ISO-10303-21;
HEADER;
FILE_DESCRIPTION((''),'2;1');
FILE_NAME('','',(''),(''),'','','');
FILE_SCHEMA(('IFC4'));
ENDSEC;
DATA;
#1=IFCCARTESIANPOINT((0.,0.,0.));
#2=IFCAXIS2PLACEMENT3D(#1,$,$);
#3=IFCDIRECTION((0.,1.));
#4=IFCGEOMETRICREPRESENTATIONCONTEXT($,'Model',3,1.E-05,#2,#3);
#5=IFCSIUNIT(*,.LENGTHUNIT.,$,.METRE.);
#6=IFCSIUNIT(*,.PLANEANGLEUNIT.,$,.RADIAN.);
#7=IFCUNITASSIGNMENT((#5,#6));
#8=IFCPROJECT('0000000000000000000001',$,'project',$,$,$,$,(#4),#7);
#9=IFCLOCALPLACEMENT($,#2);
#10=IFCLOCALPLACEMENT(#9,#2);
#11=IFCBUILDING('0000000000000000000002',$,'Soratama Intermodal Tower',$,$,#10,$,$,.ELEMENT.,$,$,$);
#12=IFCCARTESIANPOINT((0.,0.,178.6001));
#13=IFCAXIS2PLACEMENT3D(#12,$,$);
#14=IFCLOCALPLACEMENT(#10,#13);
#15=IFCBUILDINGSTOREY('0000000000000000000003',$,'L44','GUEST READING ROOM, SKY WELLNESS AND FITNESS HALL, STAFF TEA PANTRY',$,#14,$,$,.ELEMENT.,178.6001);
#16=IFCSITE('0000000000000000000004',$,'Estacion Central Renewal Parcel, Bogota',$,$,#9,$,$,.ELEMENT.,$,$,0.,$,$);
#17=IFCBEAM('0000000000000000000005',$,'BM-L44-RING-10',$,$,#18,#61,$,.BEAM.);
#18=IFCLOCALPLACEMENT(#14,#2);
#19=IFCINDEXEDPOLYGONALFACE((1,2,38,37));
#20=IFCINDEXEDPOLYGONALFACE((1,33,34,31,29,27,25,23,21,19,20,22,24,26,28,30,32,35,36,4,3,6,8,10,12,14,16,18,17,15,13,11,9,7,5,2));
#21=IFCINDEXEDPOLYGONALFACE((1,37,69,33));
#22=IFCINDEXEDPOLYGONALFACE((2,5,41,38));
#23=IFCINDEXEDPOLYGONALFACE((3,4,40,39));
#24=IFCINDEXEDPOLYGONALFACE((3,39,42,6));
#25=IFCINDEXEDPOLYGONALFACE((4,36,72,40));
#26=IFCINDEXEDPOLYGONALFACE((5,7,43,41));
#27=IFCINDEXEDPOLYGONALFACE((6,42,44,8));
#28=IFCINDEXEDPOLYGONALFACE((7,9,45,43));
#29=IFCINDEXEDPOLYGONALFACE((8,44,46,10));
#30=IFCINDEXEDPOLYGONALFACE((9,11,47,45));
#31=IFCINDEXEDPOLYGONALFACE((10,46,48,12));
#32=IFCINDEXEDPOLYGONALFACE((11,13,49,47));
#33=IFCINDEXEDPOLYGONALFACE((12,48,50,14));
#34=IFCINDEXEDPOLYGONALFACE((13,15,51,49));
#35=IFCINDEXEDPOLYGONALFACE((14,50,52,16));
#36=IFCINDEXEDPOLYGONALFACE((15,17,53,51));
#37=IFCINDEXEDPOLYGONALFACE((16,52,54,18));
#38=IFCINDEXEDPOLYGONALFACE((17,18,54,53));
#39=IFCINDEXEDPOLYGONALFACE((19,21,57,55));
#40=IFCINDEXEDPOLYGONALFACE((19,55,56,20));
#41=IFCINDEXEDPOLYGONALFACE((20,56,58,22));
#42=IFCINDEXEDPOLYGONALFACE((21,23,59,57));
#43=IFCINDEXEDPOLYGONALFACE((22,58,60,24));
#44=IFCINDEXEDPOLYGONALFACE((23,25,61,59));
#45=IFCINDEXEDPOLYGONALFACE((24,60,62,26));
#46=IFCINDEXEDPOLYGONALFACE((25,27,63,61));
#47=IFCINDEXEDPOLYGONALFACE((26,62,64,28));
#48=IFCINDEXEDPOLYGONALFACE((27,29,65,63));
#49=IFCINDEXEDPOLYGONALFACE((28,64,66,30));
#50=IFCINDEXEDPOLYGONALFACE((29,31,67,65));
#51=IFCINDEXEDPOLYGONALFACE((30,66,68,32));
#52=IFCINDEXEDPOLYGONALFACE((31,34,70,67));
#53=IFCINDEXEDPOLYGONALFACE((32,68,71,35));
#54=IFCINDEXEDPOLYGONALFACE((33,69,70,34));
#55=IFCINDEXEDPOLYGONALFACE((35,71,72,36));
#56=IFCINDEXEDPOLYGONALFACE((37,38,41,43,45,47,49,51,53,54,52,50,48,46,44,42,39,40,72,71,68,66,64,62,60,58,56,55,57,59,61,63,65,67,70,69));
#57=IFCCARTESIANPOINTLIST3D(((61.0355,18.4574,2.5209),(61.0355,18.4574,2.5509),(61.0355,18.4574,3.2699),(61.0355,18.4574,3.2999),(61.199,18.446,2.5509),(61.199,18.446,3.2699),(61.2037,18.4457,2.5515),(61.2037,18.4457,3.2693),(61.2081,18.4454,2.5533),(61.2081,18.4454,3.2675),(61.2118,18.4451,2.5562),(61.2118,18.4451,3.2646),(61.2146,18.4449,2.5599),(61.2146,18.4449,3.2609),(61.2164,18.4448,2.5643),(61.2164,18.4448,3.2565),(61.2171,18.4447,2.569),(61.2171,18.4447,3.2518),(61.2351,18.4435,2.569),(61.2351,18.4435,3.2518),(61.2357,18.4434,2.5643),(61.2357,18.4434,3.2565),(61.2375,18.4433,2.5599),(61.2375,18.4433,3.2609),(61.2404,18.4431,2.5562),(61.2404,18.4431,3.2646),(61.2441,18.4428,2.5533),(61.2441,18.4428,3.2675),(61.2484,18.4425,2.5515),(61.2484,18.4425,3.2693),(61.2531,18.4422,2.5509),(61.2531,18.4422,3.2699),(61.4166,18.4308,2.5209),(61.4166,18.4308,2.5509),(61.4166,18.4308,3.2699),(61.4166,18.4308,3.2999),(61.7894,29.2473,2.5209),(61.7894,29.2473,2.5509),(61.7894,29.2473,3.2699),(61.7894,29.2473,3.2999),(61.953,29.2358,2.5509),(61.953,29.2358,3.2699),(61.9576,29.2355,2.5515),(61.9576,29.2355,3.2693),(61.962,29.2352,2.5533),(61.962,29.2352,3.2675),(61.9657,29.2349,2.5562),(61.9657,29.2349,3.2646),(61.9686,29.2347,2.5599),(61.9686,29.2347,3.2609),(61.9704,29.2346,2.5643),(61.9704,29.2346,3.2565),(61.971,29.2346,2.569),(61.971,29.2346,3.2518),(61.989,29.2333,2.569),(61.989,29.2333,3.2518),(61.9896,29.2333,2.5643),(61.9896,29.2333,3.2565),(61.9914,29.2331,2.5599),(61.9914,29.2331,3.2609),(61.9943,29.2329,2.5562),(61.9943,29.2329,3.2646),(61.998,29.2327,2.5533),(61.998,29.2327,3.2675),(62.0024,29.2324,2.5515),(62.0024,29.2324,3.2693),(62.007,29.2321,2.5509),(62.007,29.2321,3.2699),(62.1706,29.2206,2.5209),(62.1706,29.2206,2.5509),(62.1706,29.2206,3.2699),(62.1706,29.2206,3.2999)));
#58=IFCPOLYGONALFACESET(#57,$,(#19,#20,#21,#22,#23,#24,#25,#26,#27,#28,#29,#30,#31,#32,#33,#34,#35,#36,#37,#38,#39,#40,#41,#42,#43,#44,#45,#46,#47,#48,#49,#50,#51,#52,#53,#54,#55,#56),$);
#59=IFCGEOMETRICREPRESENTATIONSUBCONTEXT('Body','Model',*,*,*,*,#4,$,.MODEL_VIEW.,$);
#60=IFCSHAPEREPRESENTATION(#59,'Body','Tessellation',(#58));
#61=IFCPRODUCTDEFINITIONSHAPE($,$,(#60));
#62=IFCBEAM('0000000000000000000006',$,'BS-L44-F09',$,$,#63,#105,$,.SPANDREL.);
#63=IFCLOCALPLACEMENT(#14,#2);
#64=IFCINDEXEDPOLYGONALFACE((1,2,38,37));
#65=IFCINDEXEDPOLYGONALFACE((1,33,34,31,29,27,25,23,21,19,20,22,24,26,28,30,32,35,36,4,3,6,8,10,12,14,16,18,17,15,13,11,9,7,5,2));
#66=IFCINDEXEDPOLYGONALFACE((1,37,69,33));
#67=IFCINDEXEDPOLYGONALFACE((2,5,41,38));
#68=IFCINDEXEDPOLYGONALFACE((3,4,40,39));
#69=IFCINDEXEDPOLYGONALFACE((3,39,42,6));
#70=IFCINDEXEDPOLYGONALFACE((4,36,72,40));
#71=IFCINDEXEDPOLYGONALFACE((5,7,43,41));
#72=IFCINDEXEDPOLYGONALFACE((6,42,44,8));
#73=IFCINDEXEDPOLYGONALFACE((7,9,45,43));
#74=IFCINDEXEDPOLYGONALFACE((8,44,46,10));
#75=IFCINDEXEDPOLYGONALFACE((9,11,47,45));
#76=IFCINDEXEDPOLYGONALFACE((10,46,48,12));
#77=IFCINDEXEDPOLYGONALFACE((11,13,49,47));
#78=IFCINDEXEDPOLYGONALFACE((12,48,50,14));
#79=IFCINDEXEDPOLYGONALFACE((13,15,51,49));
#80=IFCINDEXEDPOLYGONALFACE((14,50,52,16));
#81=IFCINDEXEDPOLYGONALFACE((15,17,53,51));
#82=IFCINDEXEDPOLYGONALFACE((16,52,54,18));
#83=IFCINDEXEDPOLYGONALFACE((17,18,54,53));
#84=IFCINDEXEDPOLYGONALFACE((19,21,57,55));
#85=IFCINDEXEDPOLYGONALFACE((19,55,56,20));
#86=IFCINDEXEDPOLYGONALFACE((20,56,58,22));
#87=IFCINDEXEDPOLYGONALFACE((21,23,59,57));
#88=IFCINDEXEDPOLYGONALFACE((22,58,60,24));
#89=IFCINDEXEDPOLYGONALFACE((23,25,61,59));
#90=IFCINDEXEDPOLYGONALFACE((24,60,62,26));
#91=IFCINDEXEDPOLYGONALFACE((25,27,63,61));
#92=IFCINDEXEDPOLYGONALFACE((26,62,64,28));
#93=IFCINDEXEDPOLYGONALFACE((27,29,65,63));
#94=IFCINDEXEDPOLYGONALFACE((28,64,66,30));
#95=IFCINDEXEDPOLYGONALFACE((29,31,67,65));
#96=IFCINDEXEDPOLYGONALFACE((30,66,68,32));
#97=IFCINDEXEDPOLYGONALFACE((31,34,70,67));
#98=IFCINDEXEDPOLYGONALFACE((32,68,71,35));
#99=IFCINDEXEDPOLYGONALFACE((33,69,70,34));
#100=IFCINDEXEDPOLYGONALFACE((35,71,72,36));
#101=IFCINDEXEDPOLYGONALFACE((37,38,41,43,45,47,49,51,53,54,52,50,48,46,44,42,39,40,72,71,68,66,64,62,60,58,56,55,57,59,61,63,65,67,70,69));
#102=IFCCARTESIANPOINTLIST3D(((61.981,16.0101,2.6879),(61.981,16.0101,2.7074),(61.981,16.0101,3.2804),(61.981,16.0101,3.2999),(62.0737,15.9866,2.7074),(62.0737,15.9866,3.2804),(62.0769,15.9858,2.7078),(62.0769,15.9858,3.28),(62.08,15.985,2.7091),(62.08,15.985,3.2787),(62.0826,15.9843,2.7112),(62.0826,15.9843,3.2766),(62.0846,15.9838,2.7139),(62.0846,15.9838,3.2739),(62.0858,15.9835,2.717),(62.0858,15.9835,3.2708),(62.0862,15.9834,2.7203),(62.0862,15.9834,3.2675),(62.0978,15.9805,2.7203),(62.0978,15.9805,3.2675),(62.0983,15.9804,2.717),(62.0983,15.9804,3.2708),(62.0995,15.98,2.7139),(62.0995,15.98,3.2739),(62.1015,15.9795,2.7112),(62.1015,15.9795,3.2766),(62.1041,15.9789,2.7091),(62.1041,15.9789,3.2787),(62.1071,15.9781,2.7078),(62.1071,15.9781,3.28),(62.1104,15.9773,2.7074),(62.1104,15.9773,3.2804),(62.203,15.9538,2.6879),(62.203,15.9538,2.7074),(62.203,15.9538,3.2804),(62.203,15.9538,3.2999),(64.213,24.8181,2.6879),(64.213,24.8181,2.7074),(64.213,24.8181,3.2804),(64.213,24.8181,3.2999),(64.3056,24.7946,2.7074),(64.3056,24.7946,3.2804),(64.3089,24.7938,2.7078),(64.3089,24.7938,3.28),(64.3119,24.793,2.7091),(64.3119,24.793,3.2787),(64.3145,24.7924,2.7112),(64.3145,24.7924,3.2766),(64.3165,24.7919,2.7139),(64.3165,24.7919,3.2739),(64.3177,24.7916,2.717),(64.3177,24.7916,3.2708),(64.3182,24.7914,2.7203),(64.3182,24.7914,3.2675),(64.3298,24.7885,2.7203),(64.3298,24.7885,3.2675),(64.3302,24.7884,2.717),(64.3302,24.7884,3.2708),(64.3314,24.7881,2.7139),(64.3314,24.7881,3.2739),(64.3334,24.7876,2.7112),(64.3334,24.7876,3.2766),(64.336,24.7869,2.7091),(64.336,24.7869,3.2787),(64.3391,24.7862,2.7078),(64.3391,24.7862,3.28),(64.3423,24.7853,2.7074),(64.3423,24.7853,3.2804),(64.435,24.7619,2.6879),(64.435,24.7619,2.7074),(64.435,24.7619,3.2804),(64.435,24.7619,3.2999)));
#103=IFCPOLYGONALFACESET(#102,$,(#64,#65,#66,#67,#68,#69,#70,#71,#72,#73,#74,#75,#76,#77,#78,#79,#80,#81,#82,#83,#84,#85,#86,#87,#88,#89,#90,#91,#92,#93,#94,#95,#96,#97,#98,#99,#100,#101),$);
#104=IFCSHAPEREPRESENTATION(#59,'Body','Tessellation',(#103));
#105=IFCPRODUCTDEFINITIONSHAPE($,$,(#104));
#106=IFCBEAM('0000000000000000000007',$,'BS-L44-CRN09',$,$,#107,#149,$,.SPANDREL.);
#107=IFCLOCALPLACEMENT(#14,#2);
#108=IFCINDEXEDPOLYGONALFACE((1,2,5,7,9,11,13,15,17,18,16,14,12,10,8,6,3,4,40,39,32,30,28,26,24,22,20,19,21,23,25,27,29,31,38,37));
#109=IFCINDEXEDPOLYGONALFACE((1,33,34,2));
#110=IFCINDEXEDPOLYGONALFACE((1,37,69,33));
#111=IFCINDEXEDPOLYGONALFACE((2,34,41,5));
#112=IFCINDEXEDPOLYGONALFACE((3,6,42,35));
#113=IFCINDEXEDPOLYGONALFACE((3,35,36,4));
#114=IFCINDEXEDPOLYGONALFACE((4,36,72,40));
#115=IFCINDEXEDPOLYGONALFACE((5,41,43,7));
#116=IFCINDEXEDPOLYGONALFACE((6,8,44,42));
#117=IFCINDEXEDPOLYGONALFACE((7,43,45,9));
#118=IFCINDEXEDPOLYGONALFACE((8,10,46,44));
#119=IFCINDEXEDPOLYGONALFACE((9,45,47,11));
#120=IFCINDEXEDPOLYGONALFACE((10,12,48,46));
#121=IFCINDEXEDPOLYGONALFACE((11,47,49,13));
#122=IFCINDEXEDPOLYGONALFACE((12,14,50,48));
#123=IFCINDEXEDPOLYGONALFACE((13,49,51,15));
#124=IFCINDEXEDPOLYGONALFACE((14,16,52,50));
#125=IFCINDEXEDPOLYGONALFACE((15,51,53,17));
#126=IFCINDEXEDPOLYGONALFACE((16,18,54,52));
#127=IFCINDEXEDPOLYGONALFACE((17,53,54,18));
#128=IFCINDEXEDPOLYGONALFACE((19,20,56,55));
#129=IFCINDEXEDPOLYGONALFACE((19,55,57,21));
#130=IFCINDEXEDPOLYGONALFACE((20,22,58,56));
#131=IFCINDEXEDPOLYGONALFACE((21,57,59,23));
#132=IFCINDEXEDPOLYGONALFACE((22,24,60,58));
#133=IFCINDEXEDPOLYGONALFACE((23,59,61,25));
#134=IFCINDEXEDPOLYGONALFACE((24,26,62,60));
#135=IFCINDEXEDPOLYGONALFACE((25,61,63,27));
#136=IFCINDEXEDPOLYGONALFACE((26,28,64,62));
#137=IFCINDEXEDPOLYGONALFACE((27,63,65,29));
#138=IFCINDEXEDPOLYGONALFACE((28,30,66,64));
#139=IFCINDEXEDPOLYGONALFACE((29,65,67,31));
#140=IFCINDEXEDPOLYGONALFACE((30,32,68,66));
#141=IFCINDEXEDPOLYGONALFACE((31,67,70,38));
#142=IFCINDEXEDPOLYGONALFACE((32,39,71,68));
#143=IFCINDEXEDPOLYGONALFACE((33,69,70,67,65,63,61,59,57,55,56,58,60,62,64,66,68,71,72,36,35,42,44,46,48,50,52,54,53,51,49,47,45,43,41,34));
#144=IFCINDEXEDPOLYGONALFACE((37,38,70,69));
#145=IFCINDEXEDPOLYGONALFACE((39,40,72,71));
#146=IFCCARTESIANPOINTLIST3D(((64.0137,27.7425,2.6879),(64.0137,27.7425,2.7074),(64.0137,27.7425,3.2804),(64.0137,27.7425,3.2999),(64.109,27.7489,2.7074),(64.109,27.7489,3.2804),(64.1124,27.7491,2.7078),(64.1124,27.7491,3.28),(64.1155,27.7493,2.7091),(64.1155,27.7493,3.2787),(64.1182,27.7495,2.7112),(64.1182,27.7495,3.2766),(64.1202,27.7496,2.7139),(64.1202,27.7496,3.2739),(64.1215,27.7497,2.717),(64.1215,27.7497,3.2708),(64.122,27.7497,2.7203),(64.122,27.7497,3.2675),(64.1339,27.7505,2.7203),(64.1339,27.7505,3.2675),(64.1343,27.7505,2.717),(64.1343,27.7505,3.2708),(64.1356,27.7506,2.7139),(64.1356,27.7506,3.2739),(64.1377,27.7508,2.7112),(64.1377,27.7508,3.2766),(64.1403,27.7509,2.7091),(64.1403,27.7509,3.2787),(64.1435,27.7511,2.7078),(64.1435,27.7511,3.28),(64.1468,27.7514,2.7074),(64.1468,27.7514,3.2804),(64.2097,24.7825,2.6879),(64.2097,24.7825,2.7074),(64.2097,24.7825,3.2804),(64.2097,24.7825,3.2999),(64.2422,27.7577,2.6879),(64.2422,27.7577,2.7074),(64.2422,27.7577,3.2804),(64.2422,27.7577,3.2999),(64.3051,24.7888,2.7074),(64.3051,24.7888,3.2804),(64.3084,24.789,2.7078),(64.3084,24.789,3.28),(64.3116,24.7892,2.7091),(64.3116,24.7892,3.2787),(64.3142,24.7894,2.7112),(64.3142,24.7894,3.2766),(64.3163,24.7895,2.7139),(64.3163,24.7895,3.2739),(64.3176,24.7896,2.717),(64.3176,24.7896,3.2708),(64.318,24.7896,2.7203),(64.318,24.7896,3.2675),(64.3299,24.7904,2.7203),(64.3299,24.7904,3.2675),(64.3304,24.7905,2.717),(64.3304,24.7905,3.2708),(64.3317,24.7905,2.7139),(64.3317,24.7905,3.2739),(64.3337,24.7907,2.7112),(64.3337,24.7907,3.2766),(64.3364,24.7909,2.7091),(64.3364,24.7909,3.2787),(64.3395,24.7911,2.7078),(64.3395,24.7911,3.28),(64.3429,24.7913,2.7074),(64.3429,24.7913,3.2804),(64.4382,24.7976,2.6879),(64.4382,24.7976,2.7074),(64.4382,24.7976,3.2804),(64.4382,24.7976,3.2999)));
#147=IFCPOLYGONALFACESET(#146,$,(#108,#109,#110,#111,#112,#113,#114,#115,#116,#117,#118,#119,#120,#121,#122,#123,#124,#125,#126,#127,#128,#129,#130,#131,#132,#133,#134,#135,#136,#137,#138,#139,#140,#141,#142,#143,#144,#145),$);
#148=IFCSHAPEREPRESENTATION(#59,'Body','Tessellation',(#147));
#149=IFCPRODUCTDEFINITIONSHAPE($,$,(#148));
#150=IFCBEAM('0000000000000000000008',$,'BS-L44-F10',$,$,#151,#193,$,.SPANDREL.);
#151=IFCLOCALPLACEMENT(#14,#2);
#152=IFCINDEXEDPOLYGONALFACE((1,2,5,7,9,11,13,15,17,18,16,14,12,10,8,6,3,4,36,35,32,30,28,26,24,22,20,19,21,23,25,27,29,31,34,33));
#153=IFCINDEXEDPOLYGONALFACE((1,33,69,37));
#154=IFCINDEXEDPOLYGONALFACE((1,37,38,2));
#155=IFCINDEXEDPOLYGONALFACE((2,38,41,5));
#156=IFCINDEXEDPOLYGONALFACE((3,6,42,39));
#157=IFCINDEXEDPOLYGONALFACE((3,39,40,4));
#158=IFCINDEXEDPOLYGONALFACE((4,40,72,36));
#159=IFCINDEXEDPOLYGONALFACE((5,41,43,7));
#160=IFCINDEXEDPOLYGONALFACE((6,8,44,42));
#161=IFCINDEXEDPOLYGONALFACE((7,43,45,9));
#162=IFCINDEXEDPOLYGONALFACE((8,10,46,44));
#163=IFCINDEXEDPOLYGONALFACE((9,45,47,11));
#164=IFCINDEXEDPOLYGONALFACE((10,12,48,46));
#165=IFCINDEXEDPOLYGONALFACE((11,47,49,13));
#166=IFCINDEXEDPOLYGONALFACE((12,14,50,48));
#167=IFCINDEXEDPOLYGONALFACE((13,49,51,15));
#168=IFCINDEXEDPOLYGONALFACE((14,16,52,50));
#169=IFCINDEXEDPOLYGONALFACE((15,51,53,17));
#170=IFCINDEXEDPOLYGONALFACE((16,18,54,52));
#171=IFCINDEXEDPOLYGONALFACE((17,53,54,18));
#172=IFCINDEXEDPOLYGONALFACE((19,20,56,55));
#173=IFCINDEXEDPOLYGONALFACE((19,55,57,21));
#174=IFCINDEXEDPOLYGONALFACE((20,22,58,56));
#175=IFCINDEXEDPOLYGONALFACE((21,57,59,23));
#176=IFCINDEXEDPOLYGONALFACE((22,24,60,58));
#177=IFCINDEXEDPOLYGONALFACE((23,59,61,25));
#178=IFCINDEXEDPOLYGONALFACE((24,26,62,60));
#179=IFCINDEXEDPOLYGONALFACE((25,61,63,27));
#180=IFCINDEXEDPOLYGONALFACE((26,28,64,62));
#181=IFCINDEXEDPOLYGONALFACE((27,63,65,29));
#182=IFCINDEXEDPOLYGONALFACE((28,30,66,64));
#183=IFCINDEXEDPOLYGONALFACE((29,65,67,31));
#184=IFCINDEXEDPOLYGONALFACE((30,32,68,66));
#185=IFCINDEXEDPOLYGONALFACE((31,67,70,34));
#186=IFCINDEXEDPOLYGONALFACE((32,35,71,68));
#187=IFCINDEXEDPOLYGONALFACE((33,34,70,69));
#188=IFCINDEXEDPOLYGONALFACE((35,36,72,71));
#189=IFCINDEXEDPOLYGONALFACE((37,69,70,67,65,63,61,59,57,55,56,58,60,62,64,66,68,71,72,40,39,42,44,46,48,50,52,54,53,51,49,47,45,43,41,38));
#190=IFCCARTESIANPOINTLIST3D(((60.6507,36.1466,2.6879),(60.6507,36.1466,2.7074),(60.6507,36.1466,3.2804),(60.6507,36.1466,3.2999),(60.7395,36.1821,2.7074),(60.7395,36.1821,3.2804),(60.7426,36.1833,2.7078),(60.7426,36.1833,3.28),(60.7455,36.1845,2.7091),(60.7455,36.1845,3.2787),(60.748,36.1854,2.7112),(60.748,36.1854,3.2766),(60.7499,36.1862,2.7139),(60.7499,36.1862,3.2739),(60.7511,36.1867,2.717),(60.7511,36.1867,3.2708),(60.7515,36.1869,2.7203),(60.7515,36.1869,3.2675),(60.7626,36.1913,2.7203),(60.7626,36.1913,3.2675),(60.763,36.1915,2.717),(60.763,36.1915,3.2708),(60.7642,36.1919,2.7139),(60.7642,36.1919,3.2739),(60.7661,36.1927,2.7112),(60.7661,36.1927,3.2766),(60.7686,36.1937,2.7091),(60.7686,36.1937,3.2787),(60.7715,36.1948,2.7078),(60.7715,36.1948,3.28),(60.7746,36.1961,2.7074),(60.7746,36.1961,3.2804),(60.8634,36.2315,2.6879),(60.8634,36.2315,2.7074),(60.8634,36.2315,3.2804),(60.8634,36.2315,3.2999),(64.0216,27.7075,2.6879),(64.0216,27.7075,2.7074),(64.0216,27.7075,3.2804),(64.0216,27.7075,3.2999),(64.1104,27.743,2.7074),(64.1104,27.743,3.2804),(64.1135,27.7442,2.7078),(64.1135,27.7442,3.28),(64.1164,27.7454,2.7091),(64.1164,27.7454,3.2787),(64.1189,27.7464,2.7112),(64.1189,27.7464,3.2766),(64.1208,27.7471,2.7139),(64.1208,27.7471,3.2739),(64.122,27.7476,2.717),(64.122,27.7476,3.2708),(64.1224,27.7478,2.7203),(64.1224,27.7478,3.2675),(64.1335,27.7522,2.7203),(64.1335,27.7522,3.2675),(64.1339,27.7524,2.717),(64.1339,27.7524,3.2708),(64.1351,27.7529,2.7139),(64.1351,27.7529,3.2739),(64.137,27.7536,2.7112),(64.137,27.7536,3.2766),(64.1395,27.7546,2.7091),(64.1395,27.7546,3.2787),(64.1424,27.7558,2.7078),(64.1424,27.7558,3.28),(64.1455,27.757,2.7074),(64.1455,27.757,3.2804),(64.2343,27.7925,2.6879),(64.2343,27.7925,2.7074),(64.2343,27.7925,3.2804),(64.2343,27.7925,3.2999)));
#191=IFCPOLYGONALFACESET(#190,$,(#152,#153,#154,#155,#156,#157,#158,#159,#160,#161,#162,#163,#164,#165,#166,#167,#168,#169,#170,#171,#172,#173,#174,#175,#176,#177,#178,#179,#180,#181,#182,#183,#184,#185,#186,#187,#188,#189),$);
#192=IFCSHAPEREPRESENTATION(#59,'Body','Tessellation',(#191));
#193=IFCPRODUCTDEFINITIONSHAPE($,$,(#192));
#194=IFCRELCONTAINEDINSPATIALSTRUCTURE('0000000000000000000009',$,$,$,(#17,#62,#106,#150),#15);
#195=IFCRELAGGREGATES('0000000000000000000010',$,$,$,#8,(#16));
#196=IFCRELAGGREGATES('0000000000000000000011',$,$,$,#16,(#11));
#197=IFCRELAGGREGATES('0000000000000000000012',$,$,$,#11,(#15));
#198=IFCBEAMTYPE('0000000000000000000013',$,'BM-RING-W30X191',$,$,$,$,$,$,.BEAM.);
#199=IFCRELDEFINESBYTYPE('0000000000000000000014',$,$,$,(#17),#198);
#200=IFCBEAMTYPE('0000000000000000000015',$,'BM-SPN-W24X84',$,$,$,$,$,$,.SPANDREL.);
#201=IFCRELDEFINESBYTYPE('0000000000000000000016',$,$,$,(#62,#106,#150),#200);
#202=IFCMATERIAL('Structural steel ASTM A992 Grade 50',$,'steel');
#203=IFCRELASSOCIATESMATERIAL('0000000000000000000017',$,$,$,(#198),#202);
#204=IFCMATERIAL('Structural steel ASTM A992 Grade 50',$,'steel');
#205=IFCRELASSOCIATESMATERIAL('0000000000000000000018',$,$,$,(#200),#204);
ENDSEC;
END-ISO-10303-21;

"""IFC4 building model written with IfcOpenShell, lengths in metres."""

from ifc_helpers import new_model, si_unit, direction, frame, origin, origin_2d, place, context, subcontext, project, spatial, i_section, extrude, material, material_profile, profile_set, type_object, element, save


model = new_model("IFC4")

# Units and contexts
model_context = context("Model", 3, precision=1e-05, world=origin(), true_north=direction((0.0, 1.0)))
body_context = subcontext(model_context, "Body", "Model", "MODEL_VIEW")
ifc_project = project(units=[si_unit("LENGTHUNIT", "METRE"), si_unit("PLANEANGLEUNIT", "RADIAN")], contexts=[model_context])

# Site, building, storey
site_placement = place(None, origin())
site = spatial("IfcSite", under=ifc_project, at=site_placement, Name="Estacion Central Renewal Parcel, Bogota", CompositionType="ELEMENT", RefElevation=0.0)
building_placement = place(site_placement, origin())
building = spatial("IfcBuilding", under=site, at=building_placement, Name="Soratama Intermodal Tower", CompositionType="ELEMENT")
storey_placement = place(building_placement, frame((0.0, 0.0, 178.6001)))
storey = spatial("IfcBuildingStorey", under=building, at=storey_placement, Name="L44", Description="GUEST READING ROOM, SKY WELLNESS AND FITNESS HALL, STAFF TEA PANTRY", CompositionType="ELEMENT", Elevation=178.6001)

# Beams
ifc_material_1 = material(Name="Structural steel ASTM A992 Grade 50", Category="steel")
ifc_material_profile_1 = material_profile(ifc_material_1, i_section(OverallWidth=0.3821, OverallDepth=0.7791, WebThickness=0.0181, FlangeThickness=0.03, FilletRadius=0.0181, at=origin_2d()), Name="W30X191")
ifc_profile_set_1 = profile_set([ifc_material_profile_1], Name="Structural steel ASTM A992 Grade 50")
beam_type_1 = type_object("IfcBeamType", Name="BM-RING-W30X191", PredefinedType="BEAM", material=ifc_profile_set_1)
beam_1_placement = place(storey_placement, frame((61.2261, 18.4441, 2.9104), z_axis=(0.069702, 0.997568, 0.0), x_axis=(-0.997568, 0.069702, 0.0)))
element("IfcBeam", 1, at=beam_1_placement, inside=storey, type_object=beam_type_1, Name="BM-L44-RING-10", PredefinedType="BEAM", context=body_context, shape_type="SweptSolid", body=[
    extrude(i_section(OverallWidth=0.3821, OverallDepth=0.7791, WebThickness=0.0181, FlangeThickness=0.03, FilletRadius=0.0181, at=origin_2d()), origin(), (0.0, 0.0, 1.0), 10.8162),
])
ifc_material_2 = material(Name="Structural steel ASTM A992 Grade 50", Category="steel")
ifc_material_profile_2 = material_profile(ifc_material_2, i_section(OverallWidth=0.229, OverallDepth=0.6121, WebThickness=0.012, FlangeThickness=0.0195, FilletRadius=0.0129, at=origin_2d()), Name="W24X84")
ifc_profile_set_2 = profile_set([ifc_material_profile_2], Name="Structural steel ASTM A992 Grade 50")
beam_type_2 = type_object("IfcBeamType", Name="BM-SPN-W24X84", PredefinedType="SPANDREL", material=ifc_profile_set_2)
beam_2_placement = place(storey_placement, frame((62.092, 15.9819, 2.9939), z_axis=(0.245632, 0.969363, 0.0), x_axis=(-0.969363, 0.245632, 0.0)))
element("IfcBeam", 2, at=beam_2_placement, inside=storey, type_object=beam_type_2, Name="BS-L44-F09", PredefinedType="SPANDREL", context=body_context, shape_type="SweptSolid", body=[
    extrude(i_section(OverallWidth=0.229, OverallDepth=0.6121, WebThickness=0.012, FlangeThickness=0.0195, FilletRadius=0.0129, at=origin_2d()), origin(), (0.0, 0.0, 1.0), 9.0864),
])
beam_3_placement = place(storey_placement, frame((64.324, 24.79, 2.9939), z_axis=(-0.066087, 0.997814, 0.0), x_axis=(-0.997814, -0.066087, 0.0)))
element("IfcBeam", 3, at=beam_3_placement, inside=storey, type_object=beam_type_2, Name="BS-L44-CRN09", PredefinedType="SPANDREL", context=body_context, shape_type="SweptSolid", body=[
    extrude(i_section(OverallWidth=0.229, OverallDepth=0.6121, WebThickness=0.012, FlangeThickness=0.0195, FilletRadius=0.0129, at=origin_2d()), origin(), (0.0, 0.0, 1.0), 2.9666),
])
beam_4_placement = place(storey_placement, frame((64.1279, 27.75, 2.9939), z_axis=(-0.370941, 0.928656, 0.0), x_axis=(-0.928656, -0.370941, 0.0)))
element("IfcBeam", 4, at=beam_4_placement, inside=storey, type_object=beam_type_2, Name="BS-L44-F10", PredefinedType="SPANDREL", context=body_context, shape_type="SweptSolid", body=[
    extrude(i_section(OverallWidth=0.229, OverallDepth=0.6121, WebThickness=0.012, FlangeThickness=0.0195, FilletRadius=0.0129, at=origin_2d()), origin(), (0.0, 0.0, 1.0), 9.0874),
])

save(model, "model.ifc")
